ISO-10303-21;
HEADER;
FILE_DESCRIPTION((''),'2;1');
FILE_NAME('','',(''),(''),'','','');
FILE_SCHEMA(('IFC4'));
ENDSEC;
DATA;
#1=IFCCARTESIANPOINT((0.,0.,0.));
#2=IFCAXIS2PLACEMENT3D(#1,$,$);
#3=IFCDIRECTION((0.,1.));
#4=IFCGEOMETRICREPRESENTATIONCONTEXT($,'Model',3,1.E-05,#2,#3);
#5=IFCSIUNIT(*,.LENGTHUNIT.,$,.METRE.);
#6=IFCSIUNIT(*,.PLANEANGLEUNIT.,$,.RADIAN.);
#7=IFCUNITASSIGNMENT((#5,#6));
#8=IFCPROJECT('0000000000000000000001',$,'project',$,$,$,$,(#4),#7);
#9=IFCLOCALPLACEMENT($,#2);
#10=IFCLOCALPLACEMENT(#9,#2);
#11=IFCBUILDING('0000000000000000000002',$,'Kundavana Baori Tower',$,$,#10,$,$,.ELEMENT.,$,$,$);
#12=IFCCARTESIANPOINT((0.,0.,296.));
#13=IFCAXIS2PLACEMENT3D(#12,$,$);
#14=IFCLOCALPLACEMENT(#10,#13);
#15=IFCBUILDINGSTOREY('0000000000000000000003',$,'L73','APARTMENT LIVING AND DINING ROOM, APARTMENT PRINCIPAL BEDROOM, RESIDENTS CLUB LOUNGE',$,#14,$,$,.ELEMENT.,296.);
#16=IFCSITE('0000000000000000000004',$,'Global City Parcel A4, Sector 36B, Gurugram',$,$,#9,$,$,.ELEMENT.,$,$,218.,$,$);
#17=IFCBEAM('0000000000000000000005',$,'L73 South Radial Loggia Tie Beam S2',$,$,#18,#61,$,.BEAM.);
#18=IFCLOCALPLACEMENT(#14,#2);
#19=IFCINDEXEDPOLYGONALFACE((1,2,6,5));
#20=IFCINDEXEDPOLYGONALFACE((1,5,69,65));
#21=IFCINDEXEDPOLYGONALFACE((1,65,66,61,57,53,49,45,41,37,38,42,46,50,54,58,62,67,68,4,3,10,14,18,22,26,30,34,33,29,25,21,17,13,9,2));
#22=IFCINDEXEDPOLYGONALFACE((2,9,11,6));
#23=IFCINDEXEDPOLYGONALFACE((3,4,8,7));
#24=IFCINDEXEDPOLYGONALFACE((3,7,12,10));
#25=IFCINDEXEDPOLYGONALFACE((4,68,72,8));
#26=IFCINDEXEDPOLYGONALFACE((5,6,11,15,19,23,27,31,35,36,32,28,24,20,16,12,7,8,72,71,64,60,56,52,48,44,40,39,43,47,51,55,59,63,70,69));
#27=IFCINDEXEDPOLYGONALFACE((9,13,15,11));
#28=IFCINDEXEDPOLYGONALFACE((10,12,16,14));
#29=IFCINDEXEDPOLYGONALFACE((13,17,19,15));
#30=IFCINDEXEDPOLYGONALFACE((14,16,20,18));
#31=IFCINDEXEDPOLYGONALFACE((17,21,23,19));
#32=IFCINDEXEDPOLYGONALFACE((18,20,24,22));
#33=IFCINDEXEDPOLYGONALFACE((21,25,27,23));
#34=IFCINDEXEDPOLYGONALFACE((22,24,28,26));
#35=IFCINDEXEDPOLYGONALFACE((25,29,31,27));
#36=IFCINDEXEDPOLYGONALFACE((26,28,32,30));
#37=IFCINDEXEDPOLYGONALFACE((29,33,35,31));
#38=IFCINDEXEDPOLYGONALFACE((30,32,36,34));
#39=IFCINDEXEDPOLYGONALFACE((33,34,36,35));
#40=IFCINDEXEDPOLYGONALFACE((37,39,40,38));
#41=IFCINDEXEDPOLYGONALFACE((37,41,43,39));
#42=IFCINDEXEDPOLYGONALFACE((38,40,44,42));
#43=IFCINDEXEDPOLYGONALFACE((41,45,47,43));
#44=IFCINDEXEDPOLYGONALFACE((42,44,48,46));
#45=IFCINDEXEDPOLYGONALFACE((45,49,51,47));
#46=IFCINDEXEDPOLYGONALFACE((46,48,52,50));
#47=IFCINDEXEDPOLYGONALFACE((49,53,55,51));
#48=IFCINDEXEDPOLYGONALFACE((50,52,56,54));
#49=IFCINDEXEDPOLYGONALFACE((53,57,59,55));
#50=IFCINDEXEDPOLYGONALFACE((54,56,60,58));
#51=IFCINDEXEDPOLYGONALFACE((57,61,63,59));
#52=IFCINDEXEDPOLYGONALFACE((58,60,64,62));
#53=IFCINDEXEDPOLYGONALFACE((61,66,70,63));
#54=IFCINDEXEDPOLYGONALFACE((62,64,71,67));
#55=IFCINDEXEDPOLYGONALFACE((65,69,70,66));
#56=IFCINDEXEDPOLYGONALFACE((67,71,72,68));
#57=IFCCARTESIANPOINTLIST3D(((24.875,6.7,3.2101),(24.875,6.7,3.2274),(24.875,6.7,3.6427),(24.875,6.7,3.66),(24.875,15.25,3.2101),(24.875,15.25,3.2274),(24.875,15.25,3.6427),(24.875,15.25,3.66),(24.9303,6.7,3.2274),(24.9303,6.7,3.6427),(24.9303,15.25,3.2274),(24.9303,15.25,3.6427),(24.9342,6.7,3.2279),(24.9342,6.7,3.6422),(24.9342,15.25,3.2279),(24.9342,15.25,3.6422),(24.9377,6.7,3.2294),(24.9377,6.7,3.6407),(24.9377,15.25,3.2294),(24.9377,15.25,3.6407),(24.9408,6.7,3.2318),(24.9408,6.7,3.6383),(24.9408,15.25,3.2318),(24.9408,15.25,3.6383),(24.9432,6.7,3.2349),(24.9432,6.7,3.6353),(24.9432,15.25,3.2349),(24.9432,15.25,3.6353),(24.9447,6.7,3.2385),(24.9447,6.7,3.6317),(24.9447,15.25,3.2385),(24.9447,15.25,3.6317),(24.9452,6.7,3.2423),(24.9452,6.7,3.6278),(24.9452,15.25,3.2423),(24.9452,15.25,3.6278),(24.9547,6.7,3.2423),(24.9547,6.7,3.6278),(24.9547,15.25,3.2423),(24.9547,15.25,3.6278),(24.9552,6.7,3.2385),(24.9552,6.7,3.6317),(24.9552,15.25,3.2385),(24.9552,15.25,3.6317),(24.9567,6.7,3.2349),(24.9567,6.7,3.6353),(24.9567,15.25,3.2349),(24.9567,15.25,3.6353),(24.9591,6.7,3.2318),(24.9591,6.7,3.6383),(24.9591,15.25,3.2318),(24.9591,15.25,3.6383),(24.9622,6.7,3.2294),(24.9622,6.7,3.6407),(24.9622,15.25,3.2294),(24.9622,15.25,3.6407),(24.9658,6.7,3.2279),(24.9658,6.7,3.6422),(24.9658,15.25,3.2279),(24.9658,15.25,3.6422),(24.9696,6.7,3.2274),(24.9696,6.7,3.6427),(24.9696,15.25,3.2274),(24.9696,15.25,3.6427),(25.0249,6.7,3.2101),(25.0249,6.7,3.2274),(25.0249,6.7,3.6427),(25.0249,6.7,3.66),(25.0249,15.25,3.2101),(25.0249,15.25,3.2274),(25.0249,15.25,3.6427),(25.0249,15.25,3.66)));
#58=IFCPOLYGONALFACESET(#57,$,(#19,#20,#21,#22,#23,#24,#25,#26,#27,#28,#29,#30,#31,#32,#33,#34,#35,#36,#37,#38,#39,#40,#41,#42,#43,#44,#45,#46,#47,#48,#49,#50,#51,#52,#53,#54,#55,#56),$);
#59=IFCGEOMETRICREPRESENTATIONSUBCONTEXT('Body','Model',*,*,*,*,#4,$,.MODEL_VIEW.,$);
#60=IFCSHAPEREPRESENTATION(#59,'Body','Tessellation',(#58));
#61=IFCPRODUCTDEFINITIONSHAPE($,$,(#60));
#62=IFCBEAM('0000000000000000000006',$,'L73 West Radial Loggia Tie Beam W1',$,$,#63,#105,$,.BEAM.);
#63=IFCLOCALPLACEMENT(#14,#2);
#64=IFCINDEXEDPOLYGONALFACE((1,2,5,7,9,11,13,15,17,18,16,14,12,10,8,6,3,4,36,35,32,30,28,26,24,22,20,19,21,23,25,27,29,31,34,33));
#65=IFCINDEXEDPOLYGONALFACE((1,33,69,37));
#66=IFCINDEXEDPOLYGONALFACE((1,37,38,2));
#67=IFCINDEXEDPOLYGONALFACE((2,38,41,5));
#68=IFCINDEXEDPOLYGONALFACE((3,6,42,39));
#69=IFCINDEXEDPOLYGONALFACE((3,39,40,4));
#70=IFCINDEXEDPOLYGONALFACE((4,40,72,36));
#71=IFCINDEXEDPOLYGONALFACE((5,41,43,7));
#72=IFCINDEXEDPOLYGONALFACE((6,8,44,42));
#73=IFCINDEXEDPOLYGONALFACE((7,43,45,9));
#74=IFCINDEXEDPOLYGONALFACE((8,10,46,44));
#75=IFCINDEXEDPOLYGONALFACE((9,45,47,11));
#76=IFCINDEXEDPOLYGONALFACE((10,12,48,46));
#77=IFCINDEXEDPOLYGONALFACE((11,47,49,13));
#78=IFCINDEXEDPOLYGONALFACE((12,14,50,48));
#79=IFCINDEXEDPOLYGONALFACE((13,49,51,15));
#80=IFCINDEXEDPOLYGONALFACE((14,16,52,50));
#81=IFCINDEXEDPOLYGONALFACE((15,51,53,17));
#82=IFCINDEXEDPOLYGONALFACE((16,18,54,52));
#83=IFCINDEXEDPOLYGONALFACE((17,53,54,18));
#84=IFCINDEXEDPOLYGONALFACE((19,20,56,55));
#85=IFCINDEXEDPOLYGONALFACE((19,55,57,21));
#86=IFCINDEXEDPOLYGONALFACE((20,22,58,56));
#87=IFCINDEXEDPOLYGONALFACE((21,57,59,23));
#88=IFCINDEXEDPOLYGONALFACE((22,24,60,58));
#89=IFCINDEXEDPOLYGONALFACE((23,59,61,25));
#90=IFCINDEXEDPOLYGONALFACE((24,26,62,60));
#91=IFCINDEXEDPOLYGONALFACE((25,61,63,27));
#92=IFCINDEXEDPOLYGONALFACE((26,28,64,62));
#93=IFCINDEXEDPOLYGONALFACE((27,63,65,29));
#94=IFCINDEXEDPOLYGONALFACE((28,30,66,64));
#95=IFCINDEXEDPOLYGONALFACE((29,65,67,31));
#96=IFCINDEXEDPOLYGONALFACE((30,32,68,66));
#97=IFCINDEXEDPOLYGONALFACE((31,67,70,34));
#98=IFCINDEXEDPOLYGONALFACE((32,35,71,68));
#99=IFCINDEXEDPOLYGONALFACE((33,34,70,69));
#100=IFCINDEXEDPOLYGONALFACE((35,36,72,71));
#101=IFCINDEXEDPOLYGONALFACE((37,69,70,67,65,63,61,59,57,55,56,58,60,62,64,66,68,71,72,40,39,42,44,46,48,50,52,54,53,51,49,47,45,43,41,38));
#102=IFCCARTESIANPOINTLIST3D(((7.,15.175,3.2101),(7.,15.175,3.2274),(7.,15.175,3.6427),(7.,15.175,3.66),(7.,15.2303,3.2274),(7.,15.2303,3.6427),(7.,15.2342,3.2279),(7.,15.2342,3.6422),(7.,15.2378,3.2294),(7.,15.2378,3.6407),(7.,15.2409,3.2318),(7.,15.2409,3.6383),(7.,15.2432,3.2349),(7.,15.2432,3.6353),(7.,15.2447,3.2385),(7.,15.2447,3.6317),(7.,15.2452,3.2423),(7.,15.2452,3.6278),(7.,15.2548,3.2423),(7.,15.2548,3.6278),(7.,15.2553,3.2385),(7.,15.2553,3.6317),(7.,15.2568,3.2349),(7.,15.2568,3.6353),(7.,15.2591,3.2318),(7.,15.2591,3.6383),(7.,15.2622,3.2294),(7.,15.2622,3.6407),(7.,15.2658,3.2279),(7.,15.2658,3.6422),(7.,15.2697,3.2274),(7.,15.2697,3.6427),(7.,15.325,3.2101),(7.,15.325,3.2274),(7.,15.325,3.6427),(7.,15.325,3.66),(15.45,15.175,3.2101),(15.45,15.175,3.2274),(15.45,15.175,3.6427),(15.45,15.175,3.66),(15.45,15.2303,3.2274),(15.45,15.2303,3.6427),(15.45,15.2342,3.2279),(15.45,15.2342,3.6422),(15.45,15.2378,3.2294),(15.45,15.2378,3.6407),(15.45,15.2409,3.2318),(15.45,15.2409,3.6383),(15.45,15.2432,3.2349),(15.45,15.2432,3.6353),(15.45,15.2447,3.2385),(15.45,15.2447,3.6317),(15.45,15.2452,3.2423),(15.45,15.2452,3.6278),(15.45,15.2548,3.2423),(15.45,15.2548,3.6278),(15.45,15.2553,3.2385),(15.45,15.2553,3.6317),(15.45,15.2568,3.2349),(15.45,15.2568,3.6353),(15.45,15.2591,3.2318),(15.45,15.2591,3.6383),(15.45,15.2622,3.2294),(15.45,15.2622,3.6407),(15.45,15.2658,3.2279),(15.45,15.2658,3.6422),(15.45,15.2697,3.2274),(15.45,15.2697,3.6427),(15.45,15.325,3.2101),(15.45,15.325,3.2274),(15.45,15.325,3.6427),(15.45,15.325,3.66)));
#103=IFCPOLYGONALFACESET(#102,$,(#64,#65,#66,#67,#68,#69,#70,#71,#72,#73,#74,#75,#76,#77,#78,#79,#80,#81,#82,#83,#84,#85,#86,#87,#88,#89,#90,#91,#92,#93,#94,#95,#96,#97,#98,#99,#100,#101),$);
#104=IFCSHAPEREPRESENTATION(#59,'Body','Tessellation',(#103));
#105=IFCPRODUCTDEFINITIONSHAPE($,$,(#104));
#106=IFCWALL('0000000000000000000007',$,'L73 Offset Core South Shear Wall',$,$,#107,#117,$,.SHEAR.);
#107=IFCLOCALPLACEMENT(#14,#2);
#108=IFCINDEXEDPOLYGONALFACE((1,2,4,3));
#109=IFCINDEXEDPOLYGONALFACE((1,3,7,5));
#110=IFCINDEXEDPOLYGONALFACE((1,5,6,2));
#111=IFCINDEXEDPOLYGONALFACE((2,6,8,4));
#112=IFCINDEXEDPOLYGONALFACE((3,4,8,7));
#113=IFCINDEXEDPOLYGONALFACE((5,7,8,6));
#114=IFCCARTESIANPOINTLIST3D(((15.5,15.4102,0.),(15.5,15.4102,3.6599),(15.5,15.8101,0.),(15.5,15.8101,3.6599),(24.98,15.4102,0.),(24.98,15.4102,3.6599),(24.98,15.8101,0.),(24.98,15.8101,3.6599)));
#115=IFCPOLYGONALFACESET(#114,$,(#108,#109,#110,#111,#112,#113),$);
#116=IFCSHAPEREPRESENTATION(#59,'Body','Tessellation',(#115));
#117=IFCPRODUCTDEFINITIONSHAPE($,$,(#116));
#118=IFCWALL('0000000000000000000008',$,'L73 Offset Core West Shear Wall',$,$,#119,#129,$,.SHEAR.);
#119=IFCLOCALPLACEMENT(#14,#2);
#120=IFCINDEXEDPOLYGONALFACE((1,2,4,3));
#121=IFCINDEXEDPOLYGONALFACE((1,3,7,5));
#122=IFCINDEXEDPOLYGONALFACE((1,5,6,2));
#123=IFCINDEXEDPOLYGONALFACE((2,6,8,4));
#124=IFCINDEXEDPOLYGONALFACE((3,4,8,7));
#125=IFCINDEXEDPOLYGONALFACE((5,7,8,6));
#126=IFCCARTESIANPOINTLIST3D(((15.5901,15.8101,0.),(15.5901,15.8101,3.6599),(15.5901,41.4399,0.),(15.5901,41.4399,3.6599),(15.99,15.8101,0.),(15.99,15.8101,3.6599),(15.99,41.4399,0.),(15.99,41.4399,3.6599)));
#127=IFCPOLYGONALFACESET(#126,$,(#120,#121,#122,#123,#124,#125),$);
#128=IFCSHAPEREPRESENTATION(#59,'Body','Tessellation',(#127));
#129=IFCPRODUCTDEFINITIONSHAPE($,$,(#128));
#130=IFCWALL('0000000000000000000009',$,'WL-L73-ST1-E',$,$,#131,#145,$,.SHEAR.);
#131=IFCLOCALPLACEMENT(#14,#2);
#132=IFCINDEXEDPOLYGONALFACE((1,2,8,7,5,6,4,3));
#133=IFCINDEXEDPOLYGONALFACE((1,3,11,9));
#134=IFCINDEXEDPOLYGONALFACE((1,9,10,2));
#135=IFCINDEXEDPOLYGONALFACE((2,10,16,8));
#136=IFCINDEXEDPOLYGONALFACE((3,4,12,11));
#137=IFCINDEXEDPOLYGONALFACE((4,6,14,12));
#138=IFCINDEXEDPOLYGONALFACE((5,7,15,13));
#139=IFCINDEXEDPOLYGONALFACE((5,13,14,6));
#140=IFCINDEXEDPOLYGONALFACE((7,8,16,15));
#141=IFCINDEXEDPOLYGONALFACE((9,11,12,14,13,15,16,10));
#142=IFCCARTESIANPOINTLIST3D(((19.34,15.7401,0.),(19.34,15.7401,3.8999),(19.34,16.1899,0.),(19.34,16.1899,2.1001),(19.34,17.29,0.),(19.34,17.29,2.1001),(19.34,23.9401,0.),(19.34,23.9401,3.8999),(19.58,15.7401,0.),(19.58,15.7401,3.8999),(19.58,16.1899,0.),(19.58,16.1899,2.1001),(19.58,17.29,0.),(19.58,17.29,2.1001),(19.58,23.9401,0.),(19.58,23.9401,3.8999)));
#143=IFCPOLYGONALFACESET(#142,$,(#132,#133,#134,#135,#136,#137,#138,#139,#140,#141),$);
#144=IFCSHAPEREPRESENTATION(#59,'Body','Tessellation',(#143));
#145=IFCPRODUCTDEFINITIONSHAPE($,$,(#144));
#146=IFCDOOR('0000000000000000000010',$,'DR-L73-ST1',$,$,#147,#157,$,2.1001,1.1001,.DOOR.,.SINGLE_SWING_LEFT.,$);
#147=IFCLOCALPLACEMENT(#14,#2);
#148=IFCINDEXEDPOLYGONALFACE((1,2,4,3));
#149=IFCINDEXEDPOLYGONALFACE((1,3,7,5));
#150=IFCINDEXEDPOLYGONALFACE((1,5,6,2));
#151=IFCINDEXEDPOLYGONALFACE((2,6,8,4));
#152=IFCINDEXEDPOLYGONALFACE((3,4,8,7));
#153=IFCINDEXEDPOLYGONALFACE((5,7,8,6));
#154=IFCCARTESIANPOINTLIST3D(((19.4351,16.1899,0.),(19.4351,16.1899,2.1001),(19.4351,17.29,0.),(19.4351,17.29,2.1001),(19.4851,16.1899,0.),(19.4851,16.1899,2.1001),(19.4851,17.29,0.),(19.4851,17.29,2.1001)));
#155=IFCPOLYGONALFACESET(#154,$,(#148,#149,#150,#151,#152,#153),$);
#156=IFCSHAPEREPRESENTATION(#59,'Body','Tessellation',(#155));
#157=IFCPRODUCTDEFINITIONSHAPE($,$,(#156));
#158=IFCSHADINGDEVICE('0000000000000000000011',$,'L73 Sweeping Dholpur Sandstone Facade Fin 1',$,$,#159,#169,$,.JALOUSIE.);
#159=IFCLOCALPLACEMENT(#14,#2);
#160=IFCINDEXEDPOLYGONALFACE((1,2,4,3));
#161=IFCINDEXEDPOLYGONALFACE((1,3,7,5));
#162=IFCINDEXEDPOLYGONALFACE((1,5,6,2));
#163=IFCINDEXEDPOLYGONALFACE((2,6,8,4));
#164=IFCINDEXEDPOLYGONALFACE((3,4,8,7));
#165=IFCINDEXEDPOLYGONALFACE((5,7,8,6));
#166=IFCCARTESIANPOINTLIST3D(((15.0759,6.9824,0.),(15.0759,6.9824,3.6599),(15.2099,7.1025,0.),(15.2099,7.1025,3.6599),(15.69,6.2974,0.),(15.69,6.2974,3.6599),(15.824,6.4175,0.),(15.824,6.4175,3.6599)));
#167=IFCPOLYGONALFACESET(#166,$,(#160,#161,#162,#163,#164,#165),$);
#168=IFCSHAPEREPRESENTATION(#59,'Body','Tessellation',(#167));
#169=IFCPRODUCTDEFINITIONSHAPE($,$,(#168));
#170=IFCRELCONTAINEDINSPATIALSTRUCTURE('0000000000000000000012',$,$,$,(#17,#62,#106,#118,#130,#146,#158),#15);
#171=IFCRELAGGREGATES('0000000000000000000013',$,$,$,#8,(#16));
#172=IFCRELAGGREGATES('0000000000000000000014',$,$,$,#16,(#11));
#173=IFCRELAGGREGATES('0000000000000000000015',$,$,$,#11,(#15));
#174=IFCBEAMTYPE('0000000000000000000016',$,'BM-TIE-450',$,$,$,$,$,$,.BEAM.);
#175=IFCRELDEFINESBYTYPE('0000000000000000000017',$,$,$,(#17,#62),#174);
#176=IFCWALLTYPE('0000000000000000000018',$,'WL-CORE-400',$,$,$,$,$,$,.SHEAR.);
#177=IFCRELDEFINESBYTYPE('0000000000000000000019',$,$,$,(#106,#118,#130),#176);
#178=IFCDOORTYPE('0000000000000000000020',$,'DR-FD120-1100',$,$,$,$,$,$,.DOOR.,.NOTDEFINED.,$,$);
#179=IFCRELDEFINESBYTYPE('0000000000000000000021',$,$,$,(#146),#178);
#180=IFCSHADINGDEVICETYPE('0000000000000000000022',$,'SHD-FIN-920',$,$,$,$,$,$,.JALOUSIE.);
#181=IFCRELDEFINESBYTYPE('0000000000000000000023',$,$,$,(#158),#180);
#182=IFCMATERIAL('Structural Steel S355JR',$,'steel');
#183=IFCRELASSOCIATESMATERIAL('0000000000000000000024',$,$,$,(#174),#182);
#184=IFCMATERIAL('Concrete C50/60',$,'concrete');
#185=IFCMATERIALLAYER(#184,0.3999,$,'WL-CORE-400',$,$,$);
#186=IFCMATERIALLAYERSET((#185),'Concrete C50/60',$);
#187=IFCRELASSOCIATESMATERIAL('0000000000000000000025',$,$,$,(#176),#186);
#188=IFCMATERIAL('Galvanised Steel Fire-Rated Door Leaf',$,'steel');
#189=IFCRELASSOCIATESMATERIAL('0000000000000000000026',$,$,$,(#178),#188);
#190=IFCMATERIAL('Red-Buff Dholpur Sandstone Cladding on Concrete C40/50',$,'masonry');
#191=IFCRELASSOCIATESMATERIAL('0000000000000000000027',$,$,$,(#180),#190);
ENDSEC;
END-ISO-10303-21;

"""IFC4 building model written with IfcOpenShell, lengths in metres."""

from ifc_helpers import new_model, si_unit, direction, frame, frame_2d, origin, origin_2d, place, context, subcontext, project, spatial, rectangle, i_section, extrude, material, layer, layer_set, material_profile, profile_set, type_object, element, fill, save


model = new_model("IFC4")

# Units and contexts
model_context = context("Model", 3, precision=1e-05, world=origin(), true_north=direction((0.0, 1.0)))
body_context = subcontext(model_context, "Body", "Model", "MODEL_VIEW")
ifc_project = project(units=[si_unit("LENGTHUNIT", "METRE"), si_unit("PLANEANGLEUNIT", "RADIAN")], contexts=[model_context])

# Site, building, storey
site_placement = place(None, origin())
site = spatial("IfcSite", under=ifc_project, at=site_placement, Name="Global City Parcel A4, Sector 36B, Gurugram", CompositionType="ELEMENT", RefElevation=218.0)
building_placement = place(site_placement, origin())
building = spatial("IfcBuilding", under=site, at=building_placement, Name="Kundavana Baori Tower", CompositionType="ELEMENT")
storey_placement = place(building_placement, frame((0.0, 0.0, 296.0)))
storey = spatial("IfcBuildingStorey", under=building, at=storey_placement, Name="L73", Description="APARTMENT LIVING AND DINING ROOM, APARTMENT PRINCIPAL BEDROOM, RESIDENTS CLUB LOUNGE", CompositionType="ELEMENT", Elevation=296.0)

# Beams
ifc_material_1 = material(Name="Structural Steel S355JR", Category="steel")
ifc_material_profile_1 = material_profile(ifc_material_1, i_section(OverallWidth=0.1499, OverallDepth=0.45, WebThickness=0.0095, FlangeThickness=0.0173, FilletRadius=0.0149, at=origin_2d()), Name="ISMB 450")
ifc_profile_set_1 = profile_set([ifc_material_profile_1], Name="Structural Steel S355JR")
beam_type_1 = type_object("IfcBeamType", Name="BM-TIE-450", PredefinedType="BEAM", material=ifc_profile_set_1)
for number, where, z_axis, x_axis, name in (
    (1, (24.95, 15.25, 3.4351), (0.0, -1.0, 0.0), (1.0, 0.0, 0.0), "L73 South Radial Loggia Tie Beam S2"),
):
    element("IfcBeam", number, at=place(storey_placement, frame(where, z_axis=z_axis, x_axis=x_axis)), inside=storey, type_object=beam_type_1, Name=name, PredefinedType="BEAM", context=body_context, shape_type="SweptSolid", body=[
        extrude(i_section(OverallWidth=0.1499, OverallDepth=0.45, WebThickness=0.0095, FlangeThickness=0.0173, FilletRadius=0.0149, at=origin_2d()), origin(), (0.0, 0.0, 1.0), 8.55),
    ])
beam_1_placement = place(storey_placement, frame((15.45, 15.25, 3.4351), z_axis=(-1.0, 0.0, 0.0), x_axis=(0.0, -1.0, 0.0)))
element("IfcBeam", 2, at=beam_1_placement, inside=storey, type_object=beam_type_1, Name="L73 West Radial Loggia Tie Beam W1", PredefinedType="BEAM", context=body_context, shape_type="SweptSolid", body=[
    extrude(i_section(OverallWidth=0.1499, OverallDepth=0.45, WebThickness=0.0095, FlangeThickness=0.0173, FilletRadius=0.0149, at=origin_2d()), origin(), (0.0, 0.0, 1.0), 8.45),
])

# Walls
ifc_material_2 = material(Name="Concrete C50/60", Category="concrete")
ifc_layer = layer(ifc_material_2, 0.3999, Name="WL-CORE-400")
ifc_layer_set = layer_set([ifc_layer], Name="Concrete C50/60")
wall_type = type_object("IfcWallType", Name="WL-CORE-400", PredefinedType="SHEAR", material=ifc_layer_set)
wall_1_placement = place(storey_placement, frame((15.5, 15.6101, 0.0), z_axis=(0.0, 0.0, 1.0), x_axis=(1.0, 0.0, 0.0)))
element("IfcWall", 3, at=wall_1_placement, inside=storey, type_object=wall_type, Name="L73 Offset Core South Shear Wall", PredefinedType="SHEAR", context=body_context, shape_type="SweptSolid", body=[
    extrude(rectangle(XDim=9.48, YDim=0.3999, at=frame_2d((4.74, 0.0))), origin(), (0.0, 0.0, 1.0), 3.6599),
])
wall_2_placement = place(storey_placement, frame((15.79, 15.8101, 0.0), z_axis=(0.0, 0.0, 1.0), x_axis=(0.0, 1.0, 0.0)))
element("IfcWall", 4, at=wall_2_placement, inside=storey, type_object=wall_type, Name="L73 Offset Core West Shear Wall", PredefinedType="SHEAR", context=body_context, shape_type="SweptSolid", body=[
    extrude(rectangle(XDim=25.6299, YDim=0.3999, at=frame_2d((12.8149, 0.0))), origin(), (0.0, 0.0, 1.0), 3.6599),
])

# Wall, opening, door
wall_3_placement = place(storey_placement, frame((19.46, 15.74, 0.0), z_axis=(0.0, 0.0, 1.0), x_axis=(0.0, 1.0, 0.0)))
wall_3 = element("IfcWall", 5, at=wall_3_placement, inside=storey, type_object=wall_type, Name="WL-L73-ST1-E", PredefinedType="SHEAR", context=body_context, shape_type="SweptSolid", body=[
    extrude(rectangle(XDim=8.2, YDim=0.24, at=frame_2d((4.1001, 0.0))), origin(), (0.0, 0.0, 1.0), 3.8999),
])
opening_1_placement = place(wall_3_placement, frame((0.45, 0.0, 0.0)))
opening_1 = element("IfcOpeningElement", 6, at=opening_1_placement, cuts=wall_3, PredefinedType="OPENING", context=body_context, shape_type="SweptSolid", body=[
    extrude(rectangle(XDim=1.1001, YDim=2.1001, at=frame_2d((0.55, 1.05))), frame((0.0, 0.1299, 0.0), z_axis=(0.0, -1.0, 0.0), x_axis=(1.0, 0.0, 0.0)), (0.0, 0.0, 1.0), 0.26),
])
ifc_material_3 = material(Name="Galvanised Steel Fire-Rated Door Leaf", Category="steel")
door_type_1 = type_object("IfcDoorType", Name="DR-FD120-1100", OperationType="NOTDEFINED", PredefinedType="DOOR", material=ifc_material_3)
door_1_placement = place(opening_1_placement, origin())
door_1 = element("IfcDoor", 7, at=door_1_placement, inside=storey, type_object=door_type_1, Name="DR-L73-ST1", OperationType="SINGLE_SWING_LEFT", OverallHeight=2.1001, OverallWidth=1.1001, PredefinedType="DOOR", context=body_context, shape_type="SweptSolid", body=[
    extrude(rectangle(XDim=1.1001, YDim=2.1001, at=frame_2d((0.55, 1.05))), frame((0.0, 0.0249, 0.0), z_axis=(0.0, -1.0, 0.0), x_axis=(1.0, 0.0, 0.0)), (0.0, 0.0, 1.0), 0.05),
])
fill(opening_1, door_1)

# Shading device
ifc_material_4 = material(Name="Red-Buff Dholpur Sandstone Cladding on Concrete C40/50", Category="masonry")
shading_device_type = type_object("IfcShadingDeviceType", Name="SHD-FIN-920", PredefinedType="JALOUSIE", material=ifc_material_4)
shading_device_placement = place(storey_placement, frame((15.45, 6.7, 0.0), z_axis=(0.0, 0.0, 1.0), x_axis=(0.744545, 0.667573, 0.0)))
element("IfcShadingDevice", 8, at=shading_device_placement, inside=storey, type_object=shading_device_type, Name="L73 Sweeping Dholpur Sandstone Facade Fin 1", PredefinedType="JALOUSIE", context=body_context, shape_type="SweptSolid", body=[
    extrude(rectangle(XDim=0.1799, YDim=0.9199, at=origin_2d()), origin(), (0.0, 0.0, 1.0), 3.6599),
])

save(model, "model.ifc")
